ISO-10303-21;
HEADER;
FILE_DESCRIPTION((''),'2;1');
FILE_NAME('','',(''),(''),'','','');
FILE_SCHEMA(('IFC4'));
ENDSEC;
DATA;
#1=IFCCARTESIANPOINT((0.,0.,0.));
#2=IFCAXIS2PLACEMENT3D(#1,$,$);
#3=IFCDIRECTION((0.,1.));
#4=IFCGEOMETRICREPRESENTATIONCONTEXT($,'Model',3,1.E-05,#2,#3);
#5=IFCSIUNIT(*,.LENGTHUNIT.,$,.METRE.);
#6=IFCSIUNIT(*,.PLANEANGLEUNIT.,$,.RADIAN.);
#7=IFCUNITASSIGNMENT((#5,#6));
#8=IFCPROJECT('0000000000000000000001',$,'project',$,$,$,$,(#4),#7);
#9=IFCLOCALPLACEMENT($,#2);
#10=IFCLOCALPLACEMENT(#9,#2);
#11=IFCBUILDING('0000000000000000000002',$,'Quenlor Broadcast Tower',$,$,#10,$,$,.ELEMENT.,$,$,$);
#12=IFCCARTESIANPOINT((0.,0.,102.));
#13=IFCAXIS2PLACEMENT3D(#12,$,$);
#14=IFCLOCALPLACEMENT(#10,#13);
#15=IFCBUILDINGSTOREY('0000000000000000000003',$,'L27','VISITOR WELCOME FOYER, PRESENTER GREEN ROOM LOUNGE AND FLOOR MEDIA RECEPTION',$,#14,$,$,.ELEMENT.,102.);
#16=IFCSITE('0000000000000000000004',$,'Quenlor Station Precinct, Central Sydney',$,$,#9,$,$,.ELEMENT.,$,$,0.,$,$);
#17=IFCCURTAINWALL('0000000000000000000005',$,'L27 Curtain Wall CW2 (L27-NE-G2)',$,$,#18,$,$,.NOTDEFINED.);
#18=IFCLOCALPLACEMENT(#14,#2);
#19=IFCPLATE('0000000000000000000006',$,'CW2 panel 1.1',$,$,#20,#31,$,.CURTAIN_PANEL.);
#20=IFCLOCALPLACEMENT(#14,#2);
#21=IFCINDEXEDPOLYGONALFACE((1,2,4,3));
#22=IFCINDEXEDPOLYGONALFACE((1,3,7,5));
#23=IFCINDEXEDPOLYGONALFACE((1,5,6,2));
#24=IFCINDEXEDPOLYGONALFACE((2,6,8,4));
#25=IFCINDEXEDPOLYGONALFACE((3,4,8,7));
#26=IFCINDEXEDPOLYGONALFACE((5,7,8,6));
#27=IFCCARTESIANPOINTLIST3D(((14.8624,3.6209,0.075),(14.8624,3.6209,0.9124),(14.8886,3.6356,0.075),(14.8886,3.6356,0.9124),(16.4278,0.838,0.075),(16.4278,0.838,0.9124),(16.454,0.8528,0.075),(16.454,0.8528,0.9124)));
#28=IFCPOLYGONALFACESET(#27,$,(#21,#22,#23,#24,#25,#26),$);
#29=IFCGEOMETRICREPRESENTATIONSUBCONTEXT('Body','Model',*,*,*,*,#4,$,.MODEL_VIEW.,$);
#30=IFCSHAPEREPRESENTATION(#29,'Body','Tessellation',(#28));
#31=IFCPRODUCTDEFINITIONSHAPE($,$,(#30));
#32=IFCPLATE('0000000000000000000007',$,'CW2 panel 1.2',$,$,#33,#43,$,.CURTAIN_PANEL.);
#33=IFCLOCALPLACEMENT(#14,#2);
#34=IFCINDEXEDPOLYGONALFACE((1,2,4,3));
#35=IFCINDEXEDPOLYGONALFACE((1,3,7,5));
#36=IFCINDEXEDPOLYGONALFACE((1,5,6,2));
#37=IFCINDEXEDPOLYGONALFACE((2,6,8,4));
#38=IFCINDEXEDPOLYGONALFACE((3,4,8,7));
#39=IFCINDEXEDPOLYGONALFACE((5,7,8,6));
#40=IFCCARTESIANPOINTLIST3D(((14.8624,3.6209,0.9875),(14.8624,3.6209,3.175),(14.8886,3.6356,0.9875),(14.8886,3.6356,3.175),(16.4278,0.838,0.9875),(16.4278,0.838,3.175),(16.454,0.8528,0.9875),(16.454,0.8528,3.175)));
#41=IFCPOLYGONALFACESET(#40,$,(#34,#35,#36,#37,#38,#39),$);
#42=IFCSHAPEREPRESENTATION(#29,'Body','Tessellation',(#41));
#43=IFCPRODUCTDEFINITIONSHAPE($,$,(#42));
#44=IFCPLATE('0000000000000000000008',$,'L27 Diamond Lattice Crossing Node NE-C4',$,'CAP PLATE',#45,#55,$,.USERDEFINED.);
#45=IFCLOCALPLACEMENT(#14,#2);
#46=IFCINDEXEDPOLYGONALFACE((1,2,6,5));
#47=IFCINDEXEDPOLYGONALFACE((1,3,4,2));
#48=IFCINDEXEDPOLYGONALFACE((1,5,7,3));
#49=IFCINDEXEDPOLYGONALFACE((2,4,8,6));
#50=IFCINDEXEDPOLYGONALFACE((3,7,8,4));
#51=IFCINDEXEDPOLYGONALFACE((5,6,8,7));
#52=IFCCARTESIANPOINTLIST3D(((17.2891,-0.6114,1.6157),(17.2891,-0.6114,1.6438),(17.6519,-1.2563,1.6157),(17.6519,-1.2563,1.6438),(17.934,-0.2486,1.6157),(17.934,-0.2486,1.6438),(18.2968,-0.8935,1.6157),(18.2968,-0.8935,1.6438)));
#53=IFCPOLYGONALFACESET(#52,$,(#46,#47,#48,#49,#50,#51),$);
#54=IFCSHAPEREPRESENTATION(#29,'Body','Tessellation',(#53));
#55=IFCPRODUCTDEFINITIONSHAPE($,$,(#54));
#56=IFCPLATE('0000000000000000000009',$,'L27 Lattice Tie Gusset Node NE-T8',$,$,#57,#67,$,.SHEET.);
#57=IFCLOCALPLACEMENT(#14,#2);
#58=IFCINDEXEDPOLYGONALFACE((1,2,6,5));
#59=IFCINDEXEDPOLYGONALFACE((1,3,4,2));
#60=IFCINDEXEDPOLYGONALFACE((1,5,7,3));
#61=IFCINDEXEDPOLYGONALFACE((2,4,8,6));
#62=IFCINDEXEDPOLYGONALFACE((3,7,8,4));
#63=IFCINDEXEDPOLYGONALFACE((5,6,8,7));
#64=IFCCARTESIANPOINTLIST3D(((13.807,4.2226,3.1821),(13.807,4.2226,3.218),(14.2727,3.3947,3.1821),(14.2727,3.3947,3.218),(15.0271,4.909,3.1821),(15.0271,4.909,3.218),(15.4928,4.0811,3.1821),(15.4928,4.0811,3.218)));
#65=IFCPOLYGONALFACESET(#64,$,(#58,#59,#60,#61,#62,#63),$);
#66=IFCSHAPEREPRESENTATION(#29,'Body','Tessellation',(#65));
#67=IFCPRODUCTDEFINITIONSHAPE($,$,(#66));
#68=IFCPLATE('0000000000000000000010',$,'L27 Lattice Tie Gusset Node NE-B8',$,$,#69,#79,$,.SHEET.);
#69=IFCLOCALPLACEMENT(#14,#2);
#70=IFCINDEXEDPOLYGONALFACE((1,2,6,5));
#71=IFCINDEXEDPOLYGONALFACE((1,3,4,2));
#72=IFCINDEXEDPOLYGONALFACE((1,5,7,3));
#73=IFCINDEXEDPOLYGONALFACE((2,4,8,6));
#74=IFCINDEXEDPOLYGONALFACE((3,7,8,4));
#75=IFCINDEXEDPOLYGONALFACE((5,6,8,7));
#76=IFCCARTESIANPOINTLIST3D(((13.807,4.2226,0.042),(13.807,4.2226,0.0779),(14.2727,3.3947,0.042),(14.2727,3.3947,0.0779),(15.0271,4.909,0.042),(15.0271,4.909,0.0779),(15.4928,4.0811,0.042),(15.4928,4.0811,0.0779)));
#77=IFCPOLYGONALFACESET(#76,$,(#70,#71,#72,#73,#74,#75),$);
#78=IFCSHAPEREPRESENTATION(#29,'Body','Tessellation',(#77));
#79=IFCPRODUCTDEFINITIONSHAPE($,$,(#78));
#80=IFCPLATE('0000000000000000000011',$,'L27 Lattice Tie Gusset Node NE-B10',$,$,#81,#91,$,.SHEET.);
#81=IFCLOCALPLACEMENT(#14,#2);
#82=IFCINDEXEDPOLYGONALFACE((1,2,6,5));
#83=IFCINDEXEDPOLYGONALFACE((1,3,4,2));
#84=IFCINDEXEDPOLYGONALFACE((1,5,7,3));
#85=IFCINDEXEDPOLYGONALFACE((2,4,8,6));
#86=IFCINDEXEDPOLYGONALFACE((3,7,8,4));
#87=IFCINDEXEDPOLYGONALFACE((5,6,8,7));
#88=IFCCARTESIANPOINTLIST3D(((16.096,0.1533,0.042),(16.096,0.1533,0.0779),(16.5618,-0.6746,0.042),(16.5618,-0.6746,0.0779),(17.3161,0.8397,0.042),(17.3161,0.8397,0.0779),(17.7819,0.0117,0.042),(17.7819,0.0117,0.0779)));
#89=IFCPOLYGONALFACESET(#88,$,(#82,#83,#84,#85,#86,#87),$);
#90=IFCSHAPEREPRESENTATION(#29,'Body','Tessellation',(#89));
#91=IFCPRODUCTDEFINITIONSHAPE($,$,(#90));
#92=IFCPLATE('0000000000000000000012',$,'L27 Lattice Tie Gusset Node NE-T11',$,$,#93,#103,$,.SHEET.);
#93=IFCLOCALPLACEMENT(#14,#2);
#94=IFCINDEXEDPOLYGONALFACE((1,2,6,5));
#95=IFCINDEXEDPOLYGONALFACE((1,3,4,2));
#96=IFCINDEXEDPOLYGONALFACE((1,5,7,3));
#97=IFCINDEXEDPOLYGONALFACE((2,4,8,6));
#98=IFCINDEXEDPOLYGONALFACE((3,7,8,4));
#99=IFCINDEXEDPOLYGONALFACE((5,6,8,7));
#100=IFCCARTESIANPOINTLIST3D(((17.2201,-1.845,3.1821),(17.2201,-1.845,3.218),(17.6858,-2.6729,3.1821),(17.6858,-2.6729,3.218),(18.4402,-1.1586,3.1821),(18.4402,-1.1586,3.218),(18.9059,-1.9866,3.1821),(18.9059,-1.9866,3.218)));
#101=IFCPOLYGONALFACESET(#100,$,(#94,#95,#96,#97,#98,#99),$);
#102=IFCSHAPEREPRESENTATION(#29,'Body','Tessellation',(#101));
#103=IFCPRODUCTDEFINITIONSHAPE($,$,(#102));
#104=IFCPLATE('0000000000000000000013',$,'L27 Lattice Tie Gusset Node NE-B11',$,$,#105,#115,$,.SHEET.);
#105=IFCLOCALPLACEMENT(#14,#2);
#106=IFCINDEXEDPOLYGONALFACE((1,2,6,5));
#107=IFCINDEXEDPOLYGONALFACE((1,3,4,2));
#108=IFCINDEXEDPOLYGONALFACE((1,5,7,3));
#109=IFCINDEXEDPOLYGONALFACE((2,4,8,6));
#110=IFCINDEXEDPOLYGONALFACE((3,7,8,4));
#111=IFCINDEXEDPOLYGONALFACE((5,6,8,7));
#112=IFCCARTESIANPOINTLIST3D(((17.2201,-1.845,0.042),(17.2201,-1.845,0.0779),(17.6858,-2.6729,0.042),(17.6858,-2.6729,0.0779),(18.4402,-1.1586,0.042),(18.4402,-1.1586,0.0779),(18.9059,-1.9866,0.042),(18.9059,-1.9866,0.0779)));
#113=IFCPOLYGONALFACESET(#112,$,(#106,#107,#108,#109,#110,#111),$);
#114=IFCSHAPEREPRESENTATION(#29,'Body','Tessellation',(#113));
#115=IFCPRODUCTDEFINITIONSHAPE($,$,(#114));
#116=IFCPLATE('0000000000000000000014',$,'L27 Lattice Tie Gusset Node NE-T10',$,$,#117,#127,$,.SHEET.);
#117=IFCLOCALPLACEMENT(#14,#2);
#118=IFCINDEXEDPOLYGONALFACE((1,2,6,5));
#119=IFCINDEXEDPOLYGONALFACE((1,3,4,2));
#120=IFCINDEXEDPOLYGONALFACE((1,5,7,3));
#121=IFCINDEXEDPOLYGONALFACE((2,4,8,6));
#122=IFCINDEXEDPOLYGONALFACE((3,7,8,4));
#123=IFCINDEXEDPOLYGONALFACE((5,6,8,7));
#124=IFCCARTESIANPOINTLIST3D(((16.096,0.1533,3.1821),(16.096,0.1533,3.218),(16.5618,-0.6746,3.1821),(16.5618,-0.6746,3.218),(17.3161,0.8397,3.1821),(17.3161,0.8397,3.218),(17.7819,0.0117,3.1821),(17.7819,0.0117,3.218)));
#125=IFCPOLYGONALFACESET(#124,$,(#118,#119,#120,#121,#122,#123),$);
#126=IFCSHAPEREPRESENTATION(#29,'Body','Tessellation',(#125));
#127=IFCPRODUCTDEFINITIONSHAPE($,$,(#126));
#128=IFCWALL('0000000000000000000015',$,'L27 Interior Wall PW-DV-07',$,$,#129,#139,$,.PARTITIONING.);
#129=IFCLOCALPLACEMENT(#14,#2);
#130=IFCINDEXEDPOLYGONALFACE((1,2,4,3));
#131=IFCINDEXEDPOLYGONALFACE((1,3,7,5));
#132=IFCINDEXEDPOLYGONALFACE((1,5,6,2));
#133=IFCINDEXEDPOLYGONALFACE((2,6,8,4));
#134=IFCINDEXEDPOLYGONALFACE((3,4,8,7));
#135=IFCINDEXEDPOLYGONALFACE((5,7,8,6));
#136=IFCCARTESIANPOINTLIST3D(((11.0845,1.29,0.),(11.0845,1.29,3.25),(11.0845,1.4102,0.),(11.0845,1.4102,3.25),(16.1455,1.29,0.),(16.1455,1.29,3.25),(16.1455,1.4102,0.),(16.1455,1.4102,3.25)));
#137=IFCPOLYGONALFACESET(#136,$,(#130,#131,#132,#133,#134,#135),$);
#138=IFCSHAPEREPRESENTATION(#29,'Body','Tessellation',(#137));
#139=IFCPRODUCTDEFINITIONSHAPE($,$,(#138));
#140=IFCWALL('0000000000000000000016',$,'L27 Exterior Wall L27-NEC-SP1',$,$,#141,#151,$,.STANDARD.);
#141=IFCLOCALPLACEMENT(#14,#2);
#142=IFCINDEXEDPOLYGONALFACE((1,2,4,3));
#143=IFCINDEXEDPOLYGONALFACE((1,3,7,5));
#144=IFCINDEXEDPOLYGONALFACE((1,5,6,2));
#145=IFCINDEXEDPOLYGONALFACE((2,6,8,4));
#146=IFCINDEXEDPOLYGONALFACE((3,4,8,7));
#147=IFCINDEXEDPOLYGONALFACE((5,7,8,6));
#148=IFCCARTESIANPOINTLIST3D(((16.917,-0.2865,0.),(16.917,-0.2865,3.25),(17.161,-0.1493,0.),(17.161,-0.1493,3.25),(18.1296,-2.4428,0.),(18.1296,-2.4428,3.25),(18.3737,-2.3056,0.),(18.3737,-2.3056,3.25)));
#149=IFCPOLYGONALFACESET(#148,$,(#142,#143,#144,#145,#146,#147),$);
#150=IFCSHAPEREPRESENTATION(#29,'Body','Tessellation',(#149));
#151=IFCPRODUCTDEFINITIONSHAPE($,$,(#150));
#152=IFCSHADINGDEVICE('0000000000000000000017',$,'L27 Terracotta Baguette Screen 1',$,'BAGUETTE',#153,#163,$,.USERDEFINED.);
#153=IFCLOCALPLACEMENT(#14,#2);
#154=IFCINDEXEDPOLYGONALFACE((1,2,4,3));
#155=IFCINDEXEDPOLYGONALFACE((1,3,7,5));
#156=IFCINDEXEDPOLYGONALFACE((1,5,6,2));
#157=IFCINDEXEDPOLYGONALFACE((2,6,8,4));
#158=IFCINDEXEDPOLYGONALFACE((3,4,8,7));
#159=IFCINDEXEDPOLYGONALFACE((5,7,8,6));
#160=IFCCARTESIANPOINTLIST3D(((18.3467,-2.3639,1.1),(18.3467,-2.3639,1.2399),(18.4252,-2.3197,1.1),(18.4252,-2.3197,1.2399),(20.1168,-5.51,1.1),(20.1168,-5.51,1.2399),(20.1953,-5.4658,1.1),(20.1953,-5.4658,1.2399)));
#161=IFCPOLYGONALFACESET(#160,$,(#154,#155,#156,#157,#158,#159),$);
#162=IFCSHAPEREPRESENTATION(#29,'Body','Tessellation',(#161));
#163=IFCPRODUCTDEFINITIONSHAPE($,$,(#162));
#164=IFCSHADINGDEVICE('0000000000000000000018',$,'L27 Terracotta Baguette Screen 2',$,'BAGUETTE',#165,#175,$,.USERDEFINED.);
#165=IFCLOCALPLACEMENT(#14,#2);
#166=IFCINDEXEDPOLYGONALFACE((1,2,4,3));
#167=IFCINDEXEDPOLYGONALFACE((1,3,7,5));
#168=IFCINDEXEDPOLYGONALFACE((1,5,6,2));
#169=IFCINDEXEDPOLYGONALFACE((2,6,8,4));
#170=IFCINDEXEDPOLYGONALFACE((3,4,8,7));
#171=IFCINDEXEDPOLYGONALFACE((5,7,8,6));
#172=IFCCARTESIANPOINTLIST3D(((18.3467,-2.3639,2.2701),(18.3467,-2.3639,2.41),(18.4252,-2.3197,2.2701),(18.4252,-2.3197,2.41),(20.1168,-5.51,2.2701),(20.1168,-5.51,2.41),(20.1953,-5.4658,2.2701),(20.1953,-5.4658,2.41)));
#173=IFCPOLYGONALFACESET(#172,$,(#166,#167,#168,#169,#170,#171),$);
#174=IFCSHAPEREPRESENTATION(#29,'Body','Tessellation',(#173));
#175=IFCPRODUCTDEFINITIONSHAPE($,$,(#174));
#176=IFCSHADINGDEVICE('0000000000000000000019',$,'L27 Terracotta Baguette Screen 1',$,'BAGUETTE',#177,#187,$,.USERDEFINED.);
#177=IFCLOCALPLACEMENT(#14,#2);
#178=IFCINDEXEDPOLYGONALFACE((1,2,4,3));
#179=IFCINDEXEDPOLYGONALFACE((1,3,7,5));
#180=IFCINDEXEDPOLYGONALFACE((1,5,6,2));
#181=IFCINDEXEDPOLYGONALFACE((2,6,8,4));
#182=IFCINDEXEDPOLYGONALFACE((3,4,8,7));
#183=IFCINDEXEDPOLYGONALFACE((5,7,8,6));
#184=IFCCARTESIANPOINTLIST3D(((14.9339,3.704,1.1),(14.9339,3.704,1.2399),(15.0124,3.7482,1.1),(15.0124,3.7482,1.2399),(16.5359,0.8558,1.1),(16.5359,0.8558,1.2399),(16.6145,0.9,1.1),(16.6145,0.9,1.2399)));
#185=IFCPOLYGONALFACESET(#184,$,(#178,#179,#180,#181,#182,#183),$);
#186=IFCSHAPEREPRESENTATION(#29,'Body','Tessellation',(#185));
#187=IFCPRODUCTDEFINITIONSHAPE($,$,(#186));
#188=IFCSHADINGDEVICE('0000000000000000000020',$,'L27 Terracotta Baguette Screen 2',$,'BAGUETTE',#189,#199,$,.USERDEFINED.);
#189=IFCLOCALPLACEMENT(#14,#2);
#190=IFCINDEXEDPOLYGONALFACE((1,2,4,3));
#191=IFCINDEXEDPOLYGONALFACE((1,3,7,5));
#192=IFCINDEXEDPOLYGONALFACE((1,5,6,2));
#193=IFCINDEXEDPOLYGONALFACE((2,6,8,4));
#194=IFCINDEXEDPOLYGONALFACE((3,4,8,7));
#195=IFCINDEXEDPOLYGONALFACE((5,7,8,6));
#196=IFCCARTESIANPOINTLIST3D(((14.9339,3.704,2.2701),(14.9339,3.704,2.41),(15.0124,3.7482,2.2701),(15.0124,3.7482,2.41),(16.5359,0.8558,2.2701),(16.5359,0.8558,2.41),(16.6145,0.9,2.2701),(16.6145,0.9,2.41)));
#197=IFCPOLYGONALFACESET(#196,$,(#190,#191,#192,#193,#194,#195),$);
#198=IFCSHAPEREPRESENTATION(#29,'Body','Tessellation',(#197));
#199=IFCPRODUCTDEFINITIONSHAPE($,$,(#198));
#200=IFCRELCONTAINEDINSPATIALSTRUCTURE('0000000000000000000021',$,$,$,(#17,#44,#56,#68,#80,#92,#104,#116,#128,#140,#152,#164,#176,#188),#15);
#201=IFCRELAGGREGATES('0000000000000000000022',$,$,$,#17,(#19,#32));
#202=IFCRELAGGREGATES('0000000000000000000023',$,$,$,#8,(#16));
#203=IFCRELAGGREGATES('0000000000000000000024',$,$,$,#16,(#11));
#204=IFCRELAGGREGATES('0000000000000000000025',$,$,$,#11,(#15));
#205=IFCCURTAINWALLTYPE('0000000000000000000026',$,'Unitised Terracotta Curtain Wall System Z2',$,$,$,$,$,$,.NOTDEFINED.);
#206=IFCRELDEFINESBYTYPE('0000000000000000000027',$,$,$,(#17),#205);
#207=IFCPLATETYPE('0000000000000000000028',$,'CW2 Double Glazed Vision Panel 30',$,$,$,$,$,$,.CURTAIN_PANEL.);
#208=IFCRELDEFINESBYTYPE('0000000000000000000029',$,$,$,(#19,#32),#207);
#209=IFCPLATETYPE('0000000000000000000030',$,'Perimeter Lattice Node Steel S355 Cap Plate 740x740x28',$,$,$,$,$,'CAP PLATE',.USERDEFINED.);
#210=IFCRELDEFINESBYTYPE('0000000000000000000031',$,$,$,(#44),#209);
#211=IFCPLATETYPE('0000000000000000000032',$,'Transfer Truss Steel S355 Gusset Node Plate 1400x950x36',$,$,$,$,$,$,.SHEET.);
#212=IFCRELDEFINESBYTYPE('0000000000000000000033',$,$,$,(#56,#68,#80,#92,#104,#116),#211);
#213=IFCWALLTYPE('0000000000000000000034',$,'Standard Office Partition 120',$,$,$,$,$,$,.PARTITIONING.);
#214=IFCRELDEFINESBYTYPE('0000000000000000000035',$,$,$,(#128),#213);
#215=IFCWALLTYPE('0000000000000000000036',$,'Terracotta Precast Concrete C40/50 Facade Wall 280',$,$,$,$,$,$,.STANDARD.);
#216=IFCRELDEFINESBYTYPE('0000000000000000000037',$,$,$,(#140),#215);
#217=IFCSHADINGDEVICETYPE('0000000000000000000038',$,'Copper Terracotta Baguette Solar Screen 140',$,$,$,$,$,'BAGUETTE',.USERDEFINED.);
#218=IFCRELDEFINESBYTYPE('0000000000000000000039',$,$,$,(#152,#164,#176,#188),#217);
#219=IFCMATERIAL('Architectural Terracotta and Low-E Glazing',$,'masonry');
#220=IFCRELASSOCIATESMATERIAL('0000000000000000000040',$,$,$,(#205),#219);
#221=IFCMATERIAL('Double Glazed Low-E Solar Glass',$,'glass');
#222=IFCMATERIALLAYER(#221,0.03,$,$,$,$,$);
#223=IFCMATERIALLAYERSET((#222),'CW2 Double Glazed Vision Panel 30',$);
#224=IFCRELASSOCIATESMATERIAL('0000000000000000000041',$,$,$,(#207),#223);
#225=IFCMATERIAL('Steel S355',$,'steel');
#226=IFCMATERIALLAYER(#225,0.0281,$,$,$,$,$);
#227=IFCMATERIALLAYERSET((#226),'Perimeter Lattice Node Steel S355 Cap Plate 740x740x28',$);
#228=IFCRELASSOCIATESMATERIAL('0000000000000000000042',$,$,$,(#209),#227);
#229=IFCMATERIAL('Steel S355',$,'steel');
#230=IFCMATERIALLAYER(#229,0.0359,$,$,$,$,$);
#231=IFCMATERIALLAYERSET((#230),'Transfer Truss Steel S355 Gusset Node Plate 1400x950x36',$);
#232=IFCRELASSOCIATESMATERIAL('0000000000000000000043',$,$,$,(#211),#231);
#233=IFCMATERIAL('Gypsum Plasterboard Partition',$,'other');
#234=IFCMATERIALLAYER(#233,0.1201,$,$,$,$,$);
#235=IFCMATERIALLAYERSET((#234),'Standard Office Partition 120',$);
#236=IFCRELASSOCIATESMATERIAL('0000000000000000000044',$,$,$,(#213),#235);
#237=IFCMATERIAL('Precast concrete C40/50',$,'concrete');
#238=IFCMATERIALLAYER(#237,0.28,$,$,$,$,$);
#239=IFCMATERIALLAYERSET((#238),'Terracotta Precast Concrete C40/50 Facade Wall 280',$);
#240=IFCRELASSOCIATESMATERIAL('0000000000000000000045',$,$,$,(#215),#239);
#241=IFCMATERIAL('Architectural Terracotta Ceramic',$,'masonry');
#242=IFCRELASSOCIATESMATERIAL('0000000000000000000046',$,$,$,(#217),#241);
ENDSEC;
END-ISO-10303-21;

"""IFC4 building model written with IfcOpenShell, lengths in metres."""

from ifc_helpers import new_model, si_unit, direction, frame, frame_2d, origin, origin_2d, place, context, subcontext, project, spatial, rectangle, extrude, material, layer, layer_set, material_profile, profile_set, type_object, element, aggregate, save


model = new_model("IFC4")

# Units and contexts
model_context = context("Model", 3, precision=1e-05, world=origin(), true_north=direction((0.0, 1.0)))
body_context = subcontext(model_context, "Body", "Model", "MODEL_VIEW")
ifc_project = project(units=[si_unit("LENGTHUNIT", "METRE"), si_unit("PLANEANGLEUNIT", "RADIAN")], contexts=[model_context])

# Site, building, storey
site_placement = place(None, origin())
site = spatial("IfcSite", under=ifc_project, at=site_placement, Name="Quenlor Station Precinct, Central Sydney", CompositionType="ELEMENT", RefElevation=0.0)
building_placement = place(site_placement, origin())
building = spatial("IfcBuilding", under=site, at=building_placement, Name="Quenlor Broadcast Tower", CompositionType="ELEMENT")
storey_placement = place(building_placement, frame((0.0, 0.0, 102.0)))
storey = spatial("IfcBuildingStorey", under=building, at=storey_placement, Name="L27", Description="VISITOR WELCOME FOYER, PRESENTER GREEN ROOM LOUNGE AND FLOOR MEDIA RECEPTION", CompositionType="ELEMENT", Elevation=102.0)

# Curtain wall
ifc_material_1 = material(Name="Architectural Terracotta and Low-E Glazing", Category="masonry")
curtain_wall_type = type_object("IfcCurtainWallType", Name="Unitised Terracotta Curtain Wall System Z2", PredefinedType="NOTDEFINED", material=ifc_material_1)
curtain_wall_placement = place(storey_placement, origin())
curtain_wall = element("IfcCurtainWall", 1, at=curtain_wall_placement, inside=storey, type_object=curtain_wall_type, Name="L27 Curtain Wall CW2 (L27-NE-G2)", PredefinedType="NOTDEFINED")

# Plates
ifc_material_2 = material(Name="Double Glazed Low-E Solar Glass", Category="glass")
ifc_layer_1 = layer(ifc_material_2, 0.03)
ifc_layer_set_1 = layer_set([ifc_layer_1], Name="CW2 Double Glazed Vision Panel 30")
plate_type_1 = type_object("IfcPlateType", Name="CW2 Double Glazed Vision Panel 30", PredefinedType="CURTAIN_PANEL", material=ifc_layer_set_1)
plate_1_placement = place(storey_placement, frame((15.6582, 2.2368, 0.075), z_axis=(0.0, 0.0, 1.0), x_axis=(0.490261, -0.871576, 0.0)))
plate_1 = element("IfcPlate", 2, at=plate_1_placement, type_object=plate_type_1, Name="CW2 panel 1.1", PredefinedType="CURTAIN_PANEL", context=body_context, shape_type="SweptSolid", body=[
    extrude(rectangle(XDim=3.1929, YDim=0.03, at=origin_2d()), origin(), (0.0, 0.0, 1.0), 0.8374),
])
plate_2_placement = place(storey_placement, frame((15.6582, 2.2368, 0.9875), z_axis=(0.0, 0.0, 1.0), x_axis=(0.490261, -0.871576, 0.0)))
plate_2 = element("IfcPlate", 3, at=plate_2_placement, type_object=plate_type_1, Name="CW2 panel 1.2", PredefinedType="CURTAIN_PANEL", context=body_context, shape_type="SweptSolid", body=[
    extrude(rectangle(XDim=3.1929, YDim=0.03, at=origin_2d()), origin(), (0.0, 0.0, 1.0), 2.1875),
])
aggregate(curtain_wall, [plate_1, plate_2])

# Plates
ifc_material_3 = material(Name="Steel S355", Category="steel")
ifc_layer_2 = layer(ifc_material_3, 0.0281)
ifc_layer_set_2 = layer_set([ifc_layer_2], Name="Perimeter Lattice Node Steel S355 Cap Plate 740x740x28")
plate_type_2 = type_object("IfcPlateType", Name="Perimeter Lattice Node Steel S355 Cap Plate 740x740x28", ElementType="CAP PLATE", PredefinedType="USERDEFINED", material=ifc_layer_set_2)
plate_3_placement = place(storey_placement, frame((17.793, -0.7524, 1.6157), z_axis=(0.0, 0.0, 1.0), x_axis=(0.490295, -0.871556, 0.0)))
element("IfcPlate", 4, at=plate_3_placement, inside=storey, type_object=plate_type_2, Name="L27 Diamond Lattice Crossing Node NE-C4", ObjectType="CAP PLATE", PredefinedType="USERDEFINED", context=body_context, shape_type="SweptSolid", body=[
    extrude(rectangle(XDim=0.74, YDim=0.74, at=origin_2d()), origin(), (0.0, 0.0, 1.0), 0.0281),
])
ifc_material_4 = material(Name="Steel S355", Category="steel")
ifc_layer_3 = layer(ifc_material_4, 0.0359)
ifc_layer_set_3 = layer_set([ifc_layer_3], Name="Transfer Truss Steel S355 Gusset Node Plate 1400x950x36")
plate_type_3 = type_object("IfcPlateType", Name="Transfer Truss Steel S355 Gusset Node Plate 1400x950x36", PredefinedType="SHEET", material=ifc_layer_set_3)
for number, where, z_axis, x_axis, name in (
    (5, (14.6499, 4.1519, 3.1821), (0.0, 0.0, 1.0), (0.871556, 0.490295, 0.0), "L27 Lattice Tie Gusset Node NE-T8"),
    (6, (14.6499, 4.1519, 0.042), (0.0, 0.0, 1.0), (0.871556, 0.490295, 0.0), "L27 Lattice Tie Gusset Node NE-B8"),
    (7, (16.939, 0.0825, 0.042), (0.0, 0.0, 1.0), (0.871556, 0.490295, 0.0), "L27 Lattice Tie Gusset Node NE-B10"),
    (8, (18.063, -1.9158, 3.1821), (0.0, 0.0, 1.0), (0.871556, 0.490295, 0.0), "L27 Lattice Tie Gusset Node NE-T11"),
    (9, (18.063, -1.9158, 0.042), (0.0, 0.0, 1.0), (0.871556, 0.490295, 0.0), "L27 Lattice Tie Gusset Node NE-B11"),
    (10, (16.939, 0.0825, 3.1821), (0.0, 0.0, 1.0), (0.871556, 0.490295, 0.0), "L27 Lattice Tie Gusset Node NE-T10"),
):
    element("IfcPlate", number, at=place(storey_placement, frame(where, z_axis=z_axis, x_axis=x_axis)), inside=storey, type_object=plate_type_3, Name=name, PredefinedType="SHEET", context=body_context, shape_type="SweptSolid", body=[
        extrude(rectangle(XDim=1.3999, YDim=0.95, at=origin_2d()), origin(), (0.0, 0.0, 1.0), 0.0359),
    ])

# Walls
ifc_material_5 = material(Name="Gypsum Plasterboard Partition", Category="other")
ifc_layer_4 = layer(ifc_material_5, 0.1201)
ifc_layer_set_4 = layer_set([ifc_layer_4], Name="Standard Office Partition 120")
wall_type_1 = type_object("IfcWallType", Name="Standard Office Partition 120", PredefinedType="PARTITIONING", material=ifc_layer_set_4)
wall_1_placement = place(storey_placement, frame((16.1455, 1.3501, 0.0), z_axis=(0.0, 0.0, 1.0), x_axis=(-1.0, 0.0, 0.0)))
element("IfcWall", 11, at=wall_1_placement, inside=storey, type_object=wall_type_1, Name="L27 Interior Wall PW-DV-07", PredefinedType="PARTITIONING", context=body_context, shape_type="SweptSolid", body=[
    extrude(rectangle(XDim=5.061, YDim=0.1201, at=frame_2d((2.5305, 0.0))), origin(), (0.0, 0.0, 1.0), 3.25),
])
ifc_material_6 = material(Name="Precast concrete C40/50", Category="concrete")
ifc_layer_5 = layer(ifc_material_6, 0.28)
ifc_layer_set_5 = layer_set([ifc_layer_5], Name="Terracotta Precast Concrete C40/50 Facade Wall 280")
wall_type_2 = type_object("IfcWallType", Name="Terracotta Precast Concrete C40/50 Facade Wall 280", PredefinedType="STANDARD", material=ifc_layer_set_5)
wall_2_placement = place(storey_placement, frame((17.0391, -0.218, 0.0), z_axis=(0.0, 0.0, 1.0), x_axis=(0.490186, -0.871618, 0.0)))
element("IfcWall", 12, at=wall_2_placement, inside=storey, type_object=wall_type_2, Name="L27 Exterior Wall L27-NEC-SP1", PredefinedType="STANDARD", context=body_context, shape_type="SweptSolid", body=[
    extrude(rectangle(XDim=2.4739, YDim=0.28, at=frame_2d((1.2368, 0.0))), origin(), (0.0, 0.0, 1.0), 3.25),
])

# Shading devices
ifc_material_7 = material(Name="Architectural Terracotta Ceramic", Category="masonry")
ifc_material_profile_1 = material_profile(ifc_material_7, rectangle(XDim=0.0901, YDim=0.1399, at=origin_2d()))
ifc_profile_set_1 = profile_set([ifc_material_profile_1], Name="Architectural Terracotta Ceramic BAG90x140")
shading_device_type = type_object("IfcShadingDeviceType", Name="Copper Terracotta Baguette Solar Screen 140", ElementType="BAGUETTE", PredefinedType="USERDEFINED", material=ifc_profile_set_1)
for number, where, z_axis, x_axis, name in (
    (13, (18.386, -2.3418, 1.1699), (0.490345, -0.871529, 0.0), (0.871529, 0.490345, 0.0), "L27 Terracotta Baguette Screen 1"),
    (14, (18.386, -2.3418, 2.3401), (0.490345, -0.871529, 0.0), (0.871529, 0.490345, 0.0), "L27 Terracotta Baguette Screen 2"),
):
    element("IfcShadingDevice", number, at=place(storey_placement, frame(where, z_axis=z_axis, x_axis=x_axis)), inside=storey, type_object=shading_device_type, Name=name, ObjectType="BAGUETTE", PredefinedType="USERDEFINED", context=body_context, shape_type="SweptSolid", body=[
        extrude(rectangle(XDim=0.0901, YDim=0.1399, at=origin_2d()), origin(), (0.0, 0.0, 1.0), 3.6099),
    ])
for number, where, z_axis, x_axis, name in (
    (15, (14.9731, 3.7261, 1.1699), (0.490254, -0.87158, 0.0), (0.87158, 0.490254, 0.0), "L27 Terracotta Baguette Screen 1"),
    (16, (14.9731, 3.7261, 2.3401), (0.490254, -0.87158, 0.0), (0.87158, 0.490254, 0.0), "L27 Terracotta Baguette Screen 2"),
):
    element("IfcShadingDevice", number, at=place(storey_placement, frame(where, z_axis=z_axis, x_axis=x_axis)), inside=storey, type_object=shading_device_type, Name=name, ObjectType="BAGUETTE", PredefinedType="USERDEFINED", context=body_context, shape_type="SweptSolid", body=[
        extrude(rectangle(XDim=0.0901, YDim=0.1399, at=origin_2d()), origin(), (0.0, 0.0, 1.0), 3.2678),
    ])

save(model, "model.ifc")
